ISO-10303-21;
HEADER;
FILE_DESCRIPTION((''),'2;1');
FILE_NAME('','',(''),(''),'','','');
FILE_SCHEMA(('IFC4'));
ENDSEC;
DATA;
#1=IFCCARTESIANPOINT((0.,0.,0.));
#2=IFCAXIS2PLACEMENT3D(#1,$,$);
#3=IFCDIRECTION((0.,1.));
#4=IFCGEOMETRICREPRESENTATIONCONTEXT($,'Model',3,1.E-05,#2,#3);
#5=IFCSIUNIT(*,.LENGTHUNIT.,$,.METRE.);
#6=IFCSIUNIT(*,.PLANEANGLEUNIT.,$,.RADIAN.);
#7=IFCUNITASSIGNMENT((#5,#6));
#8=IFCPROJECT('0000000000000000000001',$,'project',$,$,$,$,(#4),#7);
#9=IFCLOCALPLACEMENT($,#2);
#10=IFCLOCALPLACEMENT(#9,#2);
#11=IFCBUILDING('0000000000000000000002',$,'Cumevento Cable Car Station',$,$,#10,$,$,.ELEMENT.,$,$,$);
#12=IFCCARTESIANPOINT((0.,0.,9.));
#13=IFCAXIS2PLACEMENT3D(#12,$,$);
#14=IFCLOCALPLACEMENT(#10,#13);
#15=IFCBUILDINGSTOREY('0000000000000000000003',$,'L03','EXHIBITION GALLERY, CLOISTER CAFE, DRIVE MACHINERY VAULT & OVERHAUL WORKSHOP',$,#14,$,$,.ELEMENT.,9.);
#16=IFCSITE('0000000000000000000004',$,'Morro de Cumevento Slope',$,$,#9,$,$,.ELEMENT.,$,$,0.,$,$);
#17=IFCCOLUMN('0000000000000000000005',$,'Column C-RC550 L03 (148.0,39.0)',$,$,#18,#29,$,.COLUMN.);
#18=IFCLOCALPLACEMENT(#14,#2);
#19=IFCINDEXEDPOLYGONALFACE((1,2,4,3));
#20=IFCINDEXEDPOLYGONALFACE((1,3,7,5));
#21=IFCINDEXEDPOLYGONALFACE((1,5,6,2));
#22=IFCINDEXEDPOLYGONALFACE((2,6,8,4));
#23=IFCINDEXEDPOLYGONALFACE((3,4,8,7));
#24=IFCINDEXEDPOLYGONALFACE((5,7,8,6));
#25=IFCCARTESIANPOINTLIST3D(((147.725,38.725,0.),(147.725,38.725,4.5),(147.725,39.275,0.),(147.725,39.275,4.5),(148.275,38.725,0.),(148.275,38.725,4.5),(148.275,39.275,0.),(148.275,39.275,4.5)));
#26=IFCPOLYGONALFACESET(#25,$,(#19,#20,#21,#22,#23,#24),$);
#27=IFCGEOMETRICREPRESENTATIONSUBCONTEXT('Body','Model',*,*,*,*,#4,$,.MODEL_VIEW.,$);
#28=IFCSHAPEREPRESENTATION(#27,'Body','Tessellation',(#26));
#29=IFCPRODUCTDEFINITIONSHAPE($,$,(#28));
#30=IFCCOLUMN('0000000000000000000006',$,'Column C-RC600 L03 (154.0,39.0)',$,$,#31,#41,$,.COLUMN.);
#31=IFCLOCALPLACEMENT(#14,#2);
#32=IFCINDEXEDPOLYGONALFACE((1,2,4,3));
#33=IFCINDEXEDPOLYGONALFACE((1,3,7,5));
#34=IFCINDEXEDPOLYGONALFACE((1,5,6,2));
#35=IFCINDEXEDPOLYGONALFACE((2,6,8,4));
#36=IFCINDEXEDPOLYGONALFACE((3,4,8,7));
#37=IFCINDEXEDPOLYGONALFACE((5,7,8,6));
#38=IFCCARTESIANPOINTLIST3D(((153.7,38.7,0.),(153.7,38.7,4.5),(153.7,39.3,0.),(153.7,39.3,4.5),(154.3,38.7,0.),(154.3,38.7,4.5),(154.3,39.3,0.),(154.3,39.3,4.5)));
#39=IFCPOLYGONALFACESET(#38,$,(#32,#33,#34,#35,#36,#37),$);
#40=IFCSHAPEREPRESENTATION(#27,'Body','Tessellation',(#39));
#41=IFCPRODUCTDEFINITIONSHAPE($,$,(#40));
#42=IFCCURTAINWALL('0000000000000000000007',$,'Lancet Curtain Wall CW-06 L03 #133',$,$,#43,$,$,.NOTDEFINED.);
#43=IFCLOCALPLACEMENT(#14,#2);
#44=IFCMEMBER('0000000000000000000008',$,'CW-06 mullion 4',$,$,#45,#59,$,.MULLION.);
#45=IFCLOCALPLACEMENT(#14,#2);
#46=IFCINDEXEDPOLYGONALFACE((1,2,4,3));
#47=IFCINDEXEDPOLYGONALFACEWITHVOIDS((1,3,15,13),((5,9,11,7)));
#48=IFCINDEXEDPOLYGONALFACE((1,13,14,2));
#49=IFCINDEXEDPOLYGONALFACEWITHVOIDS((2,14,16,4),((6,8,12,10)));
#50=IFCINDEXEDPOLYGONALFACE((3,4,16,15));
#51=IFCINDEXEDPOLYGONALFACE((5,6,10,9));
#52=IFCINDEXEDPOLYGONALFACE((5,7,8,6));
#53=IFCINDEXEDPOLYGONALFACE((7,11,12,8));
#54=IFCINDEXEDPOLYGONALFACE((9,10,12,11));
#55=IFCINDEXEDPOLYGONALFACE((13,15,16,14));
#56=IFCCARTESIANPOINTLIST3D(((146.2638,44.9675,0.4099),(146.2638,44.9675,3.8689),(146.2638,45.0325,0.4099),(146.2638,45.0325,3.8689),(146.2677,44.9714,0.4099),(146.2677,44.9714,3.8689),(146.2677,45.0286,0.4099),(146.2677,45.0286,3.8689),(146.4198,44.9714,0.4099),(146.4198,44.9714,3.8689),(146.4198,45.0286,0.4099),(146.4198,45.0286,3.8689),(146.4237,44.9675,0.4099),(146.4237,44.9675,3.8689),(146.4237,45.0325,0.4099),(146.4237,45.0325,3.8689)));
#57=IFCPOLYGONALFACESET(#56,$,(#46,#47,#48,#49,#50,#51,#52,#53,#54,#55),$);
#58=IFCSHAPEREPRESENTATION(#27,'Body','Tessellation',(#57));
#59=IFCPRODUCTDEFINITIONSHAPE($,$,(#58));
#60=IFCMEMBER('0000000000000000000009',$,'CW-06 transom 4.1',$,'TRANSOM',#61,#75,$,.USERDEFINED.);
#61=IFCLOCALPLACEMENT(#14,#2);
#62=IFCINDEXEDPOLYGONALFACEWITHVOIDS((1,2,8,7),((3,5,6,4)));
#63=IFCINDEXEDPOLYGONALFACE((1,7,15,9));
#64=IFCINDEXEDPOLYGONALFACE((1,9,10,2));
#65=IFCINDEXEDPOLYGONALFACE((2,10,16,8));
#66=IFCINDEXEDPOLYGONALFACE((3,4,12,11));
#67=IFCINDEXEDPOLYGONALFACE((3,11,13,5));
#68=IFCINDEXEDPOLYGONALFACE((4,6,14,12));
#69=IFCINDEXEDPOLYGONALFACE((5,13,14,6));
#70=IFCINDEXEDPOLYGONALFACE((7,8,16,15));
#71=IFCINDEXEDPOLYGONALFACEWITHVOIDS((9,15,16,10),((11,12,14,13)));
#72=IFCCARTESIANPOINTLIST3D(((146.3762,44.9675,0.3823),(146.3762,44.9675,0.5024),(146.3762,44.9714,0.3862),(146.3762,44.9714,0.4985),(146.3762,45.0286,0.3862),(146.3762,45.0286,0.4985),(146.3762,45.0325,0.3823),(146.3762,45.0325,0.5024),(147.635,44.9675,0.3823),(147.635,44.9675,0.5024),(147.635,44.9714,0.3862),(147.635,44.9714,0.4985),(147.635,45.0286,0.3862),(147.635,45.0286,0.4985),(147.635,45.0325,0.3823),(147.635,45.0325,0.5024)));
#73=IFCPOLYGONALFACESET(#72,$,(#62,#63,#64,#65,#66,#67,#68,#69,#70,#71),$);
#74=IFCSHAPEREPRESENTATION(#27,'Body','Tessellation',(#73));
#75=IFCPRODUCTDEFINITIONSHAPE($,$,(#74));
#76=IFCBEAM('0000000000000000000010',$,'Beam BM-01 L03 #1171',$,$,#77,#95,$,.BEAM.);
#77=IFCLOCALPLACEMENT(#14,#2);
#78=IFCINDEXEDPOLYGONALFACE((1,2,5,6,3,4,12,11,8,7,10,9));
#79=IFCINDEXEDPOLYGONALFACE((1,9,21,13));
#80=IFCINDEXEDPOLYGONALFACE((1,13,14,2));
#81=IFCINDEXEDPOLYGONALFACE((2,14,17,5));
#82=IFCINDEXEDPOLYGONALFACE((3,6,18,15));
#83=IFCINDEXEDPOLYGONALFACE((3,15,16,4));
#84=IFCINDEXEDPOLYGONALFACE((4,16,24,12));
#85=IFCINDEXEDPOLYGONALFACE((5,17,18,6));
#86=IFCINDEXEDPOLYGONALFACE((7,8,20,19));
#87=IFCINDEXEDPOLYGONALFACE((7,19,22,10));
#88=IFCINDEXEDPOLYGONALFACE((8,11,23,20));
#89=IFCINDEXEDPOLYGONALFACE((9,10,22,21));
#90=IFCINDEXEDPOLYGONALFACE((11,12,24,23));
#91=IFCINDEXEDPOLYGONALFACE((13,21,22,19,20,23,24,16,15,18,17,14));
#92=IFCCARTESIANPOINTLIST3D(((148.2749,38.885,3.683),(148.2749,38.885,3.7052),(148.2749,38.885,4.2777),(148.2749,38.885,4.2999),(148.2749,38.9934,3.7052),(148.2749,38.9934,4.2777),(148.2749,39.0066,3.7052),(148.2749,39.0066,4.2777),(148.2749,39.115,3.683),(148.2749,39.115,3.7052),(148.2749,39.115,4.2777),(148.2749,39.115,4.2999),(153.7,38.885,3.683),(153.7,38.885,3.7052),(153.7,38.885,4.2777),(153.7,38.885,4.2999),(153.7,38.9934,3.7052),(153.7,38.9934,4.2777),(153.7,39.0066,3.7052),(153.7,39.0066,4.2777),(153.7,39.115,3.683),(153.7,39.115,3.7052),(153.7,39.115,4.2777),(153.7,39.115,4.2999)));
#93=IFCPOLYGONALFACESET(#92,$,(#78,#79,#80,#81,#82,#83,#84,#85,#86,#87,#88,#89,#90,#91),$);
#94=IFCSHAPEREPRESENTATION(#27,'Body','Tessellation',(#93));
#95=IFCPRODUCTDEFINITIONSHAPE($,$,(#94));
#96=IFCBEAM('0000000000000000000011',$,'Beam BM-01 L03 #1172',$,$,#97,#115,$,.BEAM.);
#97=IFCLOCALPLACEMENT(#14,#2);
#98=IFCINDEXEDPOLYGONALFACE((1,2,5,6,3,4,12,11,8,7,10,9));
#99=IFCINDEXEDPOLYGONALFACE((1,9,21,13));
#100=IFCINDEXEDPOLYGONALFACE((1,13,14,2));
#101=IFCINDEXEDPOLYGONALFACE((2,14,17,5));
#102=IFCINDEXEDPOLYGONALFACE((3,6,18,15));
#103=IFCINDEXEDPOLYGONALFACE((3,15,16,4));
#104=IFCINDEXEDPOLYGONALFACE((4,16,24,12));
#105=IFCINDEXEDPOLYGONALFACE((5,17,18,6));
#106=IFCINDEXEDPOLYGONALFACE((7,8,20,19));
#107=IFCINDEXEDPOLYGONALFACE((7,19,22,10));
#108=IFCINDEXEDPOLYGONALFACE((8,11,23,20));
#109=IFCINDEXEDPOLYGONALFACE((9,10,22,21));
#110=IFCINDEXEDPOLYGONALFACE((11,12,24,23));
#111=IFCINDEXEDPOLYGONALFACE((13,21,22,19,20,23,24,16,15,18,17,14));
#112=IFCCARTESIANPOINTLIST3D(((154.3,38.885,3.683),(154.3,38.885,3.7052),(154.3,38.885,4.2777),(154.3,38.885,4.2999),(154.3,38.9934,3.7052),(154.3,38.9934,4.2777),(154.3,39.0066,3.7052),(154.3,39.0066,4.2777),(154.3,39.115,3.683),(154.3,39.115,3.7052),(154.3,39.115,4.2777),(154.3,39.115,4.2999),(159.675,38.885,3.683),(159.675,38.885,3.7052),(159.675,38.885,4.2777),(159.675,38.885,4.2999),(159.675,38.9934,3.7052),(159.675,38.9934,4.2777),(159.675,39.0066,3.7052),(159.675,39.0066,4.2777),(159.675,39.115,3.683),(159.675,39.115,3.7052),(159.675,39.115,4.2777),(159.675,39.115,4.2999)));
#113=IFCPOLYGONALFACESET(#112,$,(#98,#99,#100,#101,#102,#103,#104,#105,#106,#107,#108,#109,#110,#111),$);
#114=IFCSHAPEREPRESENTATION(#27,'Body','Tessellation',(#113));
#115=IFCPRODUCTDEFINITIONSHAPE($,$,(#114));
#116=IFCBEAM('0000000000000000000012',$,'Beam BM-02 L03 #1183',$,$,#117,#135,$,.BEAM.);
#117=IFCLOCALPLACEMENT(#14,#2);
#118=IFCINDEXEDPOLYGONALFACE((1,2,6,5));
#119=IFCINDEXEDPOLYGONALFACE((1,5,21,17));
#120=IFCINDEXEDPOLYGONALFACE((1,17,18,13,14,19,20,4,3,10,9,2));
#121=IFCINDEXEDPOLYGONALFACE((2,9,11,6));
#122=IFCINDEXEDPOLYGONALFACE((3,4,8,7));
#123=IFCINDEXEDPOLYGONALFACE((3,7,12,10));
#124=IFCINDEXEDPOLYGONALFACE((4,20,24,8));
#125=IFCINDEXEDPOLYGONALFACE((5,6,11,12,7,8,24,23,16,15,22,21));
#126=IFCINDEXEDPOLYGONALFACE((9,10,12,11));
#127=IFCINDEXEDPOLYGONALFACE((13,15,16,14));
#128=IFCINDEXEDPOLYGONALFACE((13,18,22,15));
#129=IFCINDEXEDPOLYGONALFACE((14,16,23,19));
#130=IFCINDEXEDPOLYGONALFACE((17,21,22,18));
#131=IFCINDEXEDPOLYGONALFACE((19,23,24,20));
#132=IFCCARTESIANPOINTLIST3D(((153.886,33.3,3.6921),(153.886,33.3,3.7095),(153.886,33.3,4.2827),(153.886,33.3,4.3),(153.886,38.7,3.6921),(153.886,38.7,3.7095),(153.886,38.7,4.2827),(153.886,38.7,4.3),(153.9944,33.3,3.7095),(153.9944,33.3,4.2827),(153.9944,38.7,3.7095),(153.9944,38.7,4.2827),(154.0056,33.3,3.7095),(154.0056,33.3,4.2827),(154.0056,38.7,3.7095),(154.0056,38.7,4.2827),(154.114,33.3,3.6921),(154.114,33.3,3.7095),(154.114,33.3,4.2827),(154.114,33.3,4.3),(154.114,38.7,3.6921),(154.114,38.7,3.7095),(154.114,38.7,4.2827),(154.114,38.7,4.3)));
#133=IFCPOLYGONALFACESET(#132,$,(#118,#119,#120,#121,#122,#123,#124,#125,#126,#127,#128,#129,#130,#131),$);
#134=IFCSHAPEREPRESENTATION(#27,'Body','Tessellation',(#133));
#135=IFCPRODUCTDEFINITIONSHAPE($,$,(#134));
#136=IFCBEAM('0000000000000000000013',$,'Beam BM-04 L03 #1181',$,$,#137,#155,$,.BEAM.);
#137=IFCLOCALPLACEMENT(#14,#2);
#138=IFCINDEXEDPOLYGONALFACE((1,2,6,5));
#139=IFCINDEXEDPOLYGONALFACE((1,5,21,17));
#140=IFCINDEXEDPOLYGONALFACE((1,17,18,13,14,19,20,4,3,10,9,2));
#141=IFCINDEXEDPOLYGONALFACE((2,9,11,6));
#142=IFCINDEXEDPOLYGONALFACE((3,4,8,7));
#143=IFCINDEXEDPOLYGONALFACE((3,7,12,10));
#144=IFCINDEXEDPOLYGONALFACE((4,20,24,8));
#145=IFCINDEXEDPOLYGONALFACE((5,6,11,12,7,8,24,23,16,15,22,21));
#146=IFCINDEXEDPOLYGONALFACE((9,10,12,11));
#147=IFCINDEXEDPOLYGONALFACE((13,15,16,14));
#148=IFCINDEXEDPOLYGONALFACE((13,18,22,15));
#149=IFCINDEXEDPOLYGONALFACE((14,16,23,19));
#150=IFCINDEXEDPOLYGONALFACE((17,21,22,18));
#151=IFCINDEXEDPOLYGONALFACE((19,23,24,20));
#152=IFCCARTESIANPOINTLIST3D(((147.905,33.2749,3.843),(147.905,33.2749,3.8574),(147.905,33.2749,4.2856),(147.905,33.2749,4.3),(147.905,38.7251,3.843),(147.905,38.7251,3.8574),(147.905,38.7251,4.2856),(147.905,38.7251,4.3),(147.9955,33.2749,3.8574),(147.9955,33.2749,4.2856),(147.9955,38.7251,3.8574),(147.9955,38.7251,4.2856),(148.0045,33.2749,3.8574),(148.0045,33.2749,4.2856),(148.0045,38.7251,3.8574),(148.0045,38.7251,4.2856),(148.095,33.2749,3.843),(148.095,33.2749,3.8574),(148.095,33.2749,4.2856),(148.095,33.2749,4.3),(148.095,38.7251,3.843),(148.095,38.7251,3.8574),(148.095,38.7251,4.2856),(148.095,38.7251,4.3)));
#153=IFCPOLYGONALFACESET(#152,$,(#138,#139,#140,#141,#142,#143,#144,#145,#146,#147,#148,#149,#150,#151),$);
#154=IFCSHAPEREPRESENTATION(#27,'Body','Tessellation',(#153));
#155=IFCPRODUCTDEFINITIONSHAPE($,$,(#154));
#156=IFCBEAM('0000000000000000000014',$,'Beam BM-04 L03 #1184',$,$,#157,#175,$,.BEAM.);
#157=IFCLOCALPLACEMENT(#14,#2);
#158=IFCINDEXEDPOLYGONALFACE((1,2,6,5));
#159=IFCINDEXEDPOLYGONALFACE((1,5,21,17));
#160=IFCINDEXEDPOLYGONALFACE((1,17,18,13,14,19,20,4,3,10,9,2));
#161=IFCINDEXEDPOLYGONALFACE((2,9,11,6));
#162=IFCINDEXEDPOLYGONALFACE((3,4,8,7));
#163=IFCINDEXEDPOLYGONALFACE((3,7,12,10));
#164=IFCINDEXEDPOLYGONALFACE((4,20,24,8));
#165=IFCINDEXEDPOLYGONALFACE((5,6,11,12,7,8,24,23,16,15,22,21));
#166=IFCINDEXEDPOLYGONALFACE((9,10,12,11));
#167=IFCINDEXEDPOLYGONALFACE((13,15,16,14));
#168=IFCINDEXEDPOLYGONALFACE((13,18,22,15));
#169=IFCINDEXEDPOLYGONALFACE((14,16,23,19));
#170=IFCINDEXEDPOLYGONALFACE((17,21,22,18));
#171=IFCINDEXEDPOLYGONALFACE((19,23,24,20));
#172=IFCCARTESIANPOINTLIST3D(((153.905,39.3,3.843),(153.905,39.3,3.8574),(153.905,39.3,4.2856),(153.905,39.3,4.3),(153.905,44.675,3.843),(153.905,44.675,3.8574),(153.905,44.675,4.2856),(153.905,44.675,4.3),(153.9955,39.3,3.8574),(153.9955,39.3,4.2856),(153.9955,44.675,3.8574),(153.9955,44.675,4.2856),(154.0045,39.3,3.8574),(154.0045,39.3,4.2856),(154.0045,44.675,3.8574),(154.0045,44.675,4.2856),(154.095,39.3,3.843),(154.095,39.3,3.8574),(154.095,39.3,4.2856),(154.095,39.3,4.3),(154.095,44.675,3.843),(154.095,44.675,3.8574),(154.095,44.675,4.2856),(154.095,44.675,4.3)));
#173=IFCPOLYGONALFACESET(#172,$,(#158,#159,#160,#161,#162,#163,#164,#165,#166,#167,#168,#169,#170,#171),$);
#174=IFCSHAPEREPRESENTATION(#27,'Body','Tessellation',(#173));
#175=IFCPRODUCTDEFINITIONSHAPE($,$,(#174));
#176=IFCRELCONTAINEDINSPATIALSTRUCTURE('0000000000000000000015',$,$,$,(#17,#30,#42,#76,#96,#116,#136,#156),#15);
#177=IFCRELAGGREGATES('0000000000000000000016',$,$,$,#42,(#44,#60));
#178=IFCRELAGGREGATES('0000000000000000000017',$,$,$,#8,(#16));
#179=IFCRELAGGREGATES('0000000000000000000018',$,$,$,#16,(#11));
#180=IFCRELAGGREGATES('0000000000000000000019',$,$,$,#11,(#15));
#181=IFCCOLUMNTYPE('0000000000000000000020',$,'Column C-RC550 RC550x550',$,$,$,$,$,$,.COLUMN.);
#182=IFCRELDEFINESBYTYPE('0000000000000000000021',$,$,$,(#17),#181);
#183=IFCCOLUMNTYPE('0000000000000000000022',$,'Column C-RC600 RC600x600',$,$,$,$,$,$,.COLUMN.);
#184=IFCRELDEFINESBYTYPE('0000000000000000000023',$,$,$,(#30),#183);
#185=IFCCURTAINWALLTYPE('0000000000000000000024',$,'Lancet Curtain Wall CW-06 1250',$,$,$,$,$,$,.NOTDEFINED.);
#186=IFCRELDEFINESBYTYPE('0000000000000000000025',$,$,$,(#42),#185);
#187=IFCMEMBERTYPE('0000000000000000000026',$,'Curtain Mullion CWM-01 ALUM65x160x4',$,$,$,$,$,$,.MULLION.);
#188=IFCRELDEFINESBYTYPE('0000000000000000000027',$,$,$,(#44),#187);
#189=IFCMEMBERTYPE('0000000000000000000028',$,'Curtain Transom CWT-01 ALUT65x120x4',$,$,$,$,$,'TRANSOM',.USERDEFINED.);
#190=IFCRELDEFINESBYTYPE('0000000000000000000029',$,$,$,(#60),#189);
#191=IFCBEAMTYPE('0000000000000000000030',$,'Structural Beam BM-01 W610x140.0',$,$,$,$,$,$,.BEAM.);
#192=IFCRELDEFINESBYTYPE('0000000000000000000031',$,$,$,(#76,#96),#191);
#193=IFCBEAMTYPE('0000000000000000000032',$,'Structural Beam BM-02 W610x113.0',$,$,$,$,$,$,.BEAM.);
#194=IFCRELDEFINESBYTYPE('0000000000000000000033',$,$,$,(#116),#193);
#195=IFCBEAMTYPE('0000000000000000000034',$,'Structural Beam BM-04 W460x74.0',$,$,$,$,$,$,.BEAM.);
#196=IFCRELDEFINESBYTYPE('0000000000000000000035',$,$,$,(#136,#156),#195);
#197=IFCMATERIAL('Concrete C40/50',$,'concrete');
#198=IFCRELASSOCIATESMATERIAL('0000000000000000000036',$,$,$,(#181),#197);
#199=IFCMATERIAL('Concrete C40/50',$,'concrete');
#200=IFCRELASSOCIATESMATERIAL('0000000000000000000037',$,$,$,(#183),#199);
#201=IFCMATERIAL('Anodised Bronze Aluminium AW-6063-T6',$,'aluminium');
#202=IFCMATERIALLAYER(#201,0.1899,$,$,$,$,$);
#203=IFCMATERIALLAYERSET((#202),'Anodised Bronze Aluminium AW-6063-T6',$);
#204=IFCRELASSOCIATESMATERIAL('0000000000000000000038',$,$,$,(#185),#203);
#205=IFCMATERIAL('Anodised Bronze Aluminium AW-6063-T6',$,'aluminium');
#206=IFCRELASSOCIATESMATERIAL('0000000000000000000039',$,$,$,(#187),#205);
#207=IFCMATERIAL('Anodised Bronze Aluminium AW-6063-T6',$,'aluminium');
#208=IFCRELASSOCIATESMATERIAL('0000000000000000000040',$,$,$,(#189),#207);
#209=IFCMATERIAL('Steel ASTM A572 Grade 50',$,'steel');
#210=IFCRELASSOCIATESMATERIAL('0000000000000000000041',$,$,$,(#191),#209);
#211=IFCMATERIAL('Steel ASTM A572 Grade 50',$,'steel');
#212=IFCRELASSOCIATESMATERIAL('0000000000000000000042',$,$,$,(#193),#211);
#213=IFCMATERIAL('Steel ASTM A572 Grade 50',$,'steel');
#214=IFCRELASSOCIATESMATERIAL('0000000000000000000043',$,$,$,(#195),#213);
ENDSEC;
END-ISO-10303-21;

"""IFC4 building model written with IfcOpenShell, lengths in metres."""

from ifc_helpers import new_model, si_unit, direction, frame, origin, origin_2d, place, context, subcontext, project, spatial, rectangle, hollow_rectangle, i_section, extrude, material, layer, layer_set, material_profile, profile_set, type_object, element, aggregate, save


model = new_model("IFC4")

# Units and contexts
model_context = context("Model", 3, precision=1e-05, world=origin(), true_north=direction((0.0, 1.0)))
body_context = subcontext(model_context, "Body", "Model", "MODEL_VIEW")
ifc_project = project(units=[si_unit("LENGTHUNIT", "METRE"), si_unit("PLANEANGLEUNIT", "RADIAN")], contexts=[model_context])

# Site, building, storey
site_placement = place(None, origin())
site = spatial("IfcSite", under=ifc_project, at=site_placement, Name="Morro de Cumevento Slope", CompositionType="ELEMENT", RefElevation=0.0)
building_placement = place(site_placement, origin())
building = spatial("IfcBuilding", under=site, at=building_placement, Name="Cumevento Cable Car Station", CompositionType="ELEMENT")
storey_placement = place(building_placement, frame((0.0, 0.0, 9.0)))
storey = spatial("IfcBuildingStorey", under=building, at=storey_placement, Name="L03", Description="EXHIBITION GALLERY, CLOISTER CAFE, DRIVE MACHINERY VAULT & OVERHAUL WORKSHOP", CompositionType="ELEMENT", Elevation=9.0)

# Columns
ifc_material_1 = material(Name="Concrete C40/50", Category="concrete")
ifc_material_profile_1 = material_profile(ifc_material_1, rectangle(XDim=0.55, YDim=0.55, at=origin_2d()), Name="RC550x550")
ifc_profile_set_1 = profile_set([ifc_material_profile_1], Name="Concrete C40/50")
column_type_1 = type_object("IfcColumnType", Name="Column C-RC550 RC550x550", PredefinedType="COLUMN", material=ifc_profile_set_1)
column_1_placement = place(storey_placement, frame((148.0, 39.0, 0.0), z_axis=(0.0, 0.0, 1.0), x_axis=(1.0, 0.0, 0.0)))
element("IfcColumn", 1, at=column_1_placement, inside=storey, type_object=column_type_1, Name="Column C-RC550 L03 (148.0,39.0)", PredefinedType="COLUMN", context=body_context, shape_type="SweptSolid", body=[
    extrude(rectangle(XDim=0.55, YDim=0.55, at=origin_2d()), origin(), (0.0, 0.0, 1.0), 4.5),
])
ifc_material_2 = material(Name="Concrete C40/50", Category="concrete")
ifc_material_profile_2 = material_profile(ifc_material_2, rectangle(XDim=0.6001, YDim=0.6001, at=origin_2d()), Name="RC600x600")
ifc_profile_set_2 = profile_set([ifc_material_profile_2], Name="Concrete C40/50")
column_type_2 = type_object("IfcColumnType", Name="Column C-RC600 RC600x600", PredefinedType="COLUMN", material=ifc_profile_set_2)
column_2_placement = place(storey_placement, frame((154.0, 39.0, 0.0), z_axis=(0.0, 0.0, 1.0), x_axis=(1.0, 0.0, 0.0)))
element("IfcColumn", 2, at=column_2_placement, inside=storey, type_object=column_type_2, Name="Column C-RC600 L03 (154.0,39.0)", PredefinedType="COLUMN", context=body_context, shape_type="SweptSolid", body=[
    extrude(rectangle(XDim=0.6001, YDim=0.6001, at=origin_2d()), origin(), (0.0, 0.0, 1.0), 4.5),
])

# Curtain wall, members
ifc_material_3 = material(Name="Anodised Bronze Aluminium AW-6063-T6", Category="aluminium")
ifc_layer_1 = layer(ifc_material_3, 0.1899)
ifc_layer_set_1 = layer_set([ifc_layer_1], Name="Anodised Bronze Aluminium AW-6063-T6")
curtain_wall_type = type_object("IfcCurtainWallType", Name="Lancet Curtain Wall CW-06 1250", PredefinedType="NOTDEFINED", material=ifc_layer_set_1)
curtain_wall_placement = place(storey_placement, origin())
curtain_wall = element("IfcCurtainWall", 3, at=curtain_wall_placement, inside=storey, type_object=curtain_wall_type, Name="Lancet Curtain Wall CW-06 L03 #133", PredefinedType="NOTDEFINED")
ifc_material_4 = material(Name="Anodised Bronze Aluminium AW-6063-T6", Category="aluminium")
ifc_material_profile_3 = material_profile(ifc_material_4, hollow_rectangle(XDim=0.0649, YDim=0.1599, WallThickness=0.0039, at=origin_2d()), Name="ALUM65x160x4")
ifc_profile_set_3 = profile_set([ifc_material_profile_3], Name="Anodised Bronze Aluminium AW-6063-T6")
member_type_1 = type_object("IfcMemberType", Name="Curtain Mullion CWM-01 ALUM65x160x4", PredefinedType="MULLION", material=ifc_profile_set_3)
member_1_placement = place(storey_placement, frame((146.3438, 45.0, 0.4099), z_axis=(0.0, 0.0, 1.0), x_axis=(0.0, 1.0, 0.0)))
member_1 = element("IfcMember", 4, at=member_1_placement, type_object=member_type_1, Name="CW-06 mullion 4", PredefinedType="MULLION", context=body_context, shape_type="SweptSolid", body=[
    extrude(hollow_rectangle(XDim=0.0649, YDim=0.1599, WallThickness=0.0039, at=origin_2d()), origin(), (0.0, 0.0, 1.0), 3.459),
])
ifc_material_5 = material(Name="Anodised Bronze Aluminium AW-6063-T6", Category="aluminium")
ifc_material_profile_4 = material_profile(ifc_material_5, hollow_rectangle(XDim=0.0649, YDim=0.1201, WallThickness=0.0039, at=origin_2d()), Name="ALUT65x120x4")
ifc_profile_set_4 = profile_set([ifc_material_profile_4], Name="Anodised Bronze Aluminium AW-6063-T6")
member_type_2 = type_object("IfcMemberType", Name="Curtain Transom CWT-01 ALUT65x120x4", ElementType="TRANSOM", PredefinedType="USERDEFINED", material=ifc_profile_set_4)
member_2_placement = place(storey_placement, frame((146.3762, 45.0, 0.4424), z_axis=(1.0, 0.0, 0.0), x_axis=(0.0, 1.0, 0.0)))
member_2 = element("IfcMember", 5, at=member_2_placement, type_object=member_type_2, Name="CW-06 transom 4.1", ObjectType="TRANSOM", PredefinedType="USERDEFINED", context=body_context, shape_type="SweptSolid", body=[
    extrude(hollow_rectangle(XDim=0.0649, YDim=0.1201, WallThickness=0.0039, at=origin_2d()), origin(), (0.0, 0.0, 1.0), 1.2588),
])
aggregate(curtain_wall, [member_1, member_2])

# Beams
ifc_material_6 = material(Name="Steel ASTM A572 Grade 50", Category="steel")
ifc_material_profile_5 = material_profile(ifc_material_6, i_section(OverallWidth=0.23, OverallDepth=0.6169, WebThickness=0.0132, FlangeThickness=0.0222, at=origin_2d()), Name="W610x140.0")
ifc_profile_set_5 = profile_set([ifc_material_profile_5], Name="Steel ASTM A572 Grade 50")
beam_type_1 = type_object("IfcBeamType", Name="Structural Beam BM-01 W610x140.0", PredefinedType="BEAM", material=ifc_profile_set_5)
beam_1_placement = place(storey_placement, frame((148.2749, 39.0, 3.9915), z_axis=(1.0, 0.0, 0.0), x_axis=(0.0, 1.0, 0.0)))
element("IfcBeam", 6, at=beam_1_placement, inside=storey, type_object=beam_type_1, Name="Beam BM-01 L03 #1171", PredefinedType="BEAM", context=body_context, shape_type="SweptSolid", body=[
    extrude(i_section(OverallWidth=0.23, OverallDepth=0.6169, WebThickness=0.0132, FlangeThickness=0.0222, at=origin_2d()), origin(), (0.0, 0.0, 1.0), 5.425),
])
beam_2_placement = place(storey_placement, frame((154.3, 39.0, 3.9915), z_axis=(1.0, 0.0, 0.0), x_axis=(0.0, 1.0, 0.0)))
element("IfcBeam", 7, at=beam_2_placement, inside=storey, type_object=beam_type_1, Name="Beam BM-01 L03 #1172", PredefinedType="BEAM", context=body_context, shape_type="SweptSolid", body=[
    extrude(i_section(OverallWidth=0.23, OverallDepth=0.6169, WebThickness=0.0132, FlangeThickness=0.0222, at=origin_2d()), origin(), (0.0, 0.0, 1.0), 5.375),
])
ifc_material_7 = material(Name="Steel ASTM A572 Grade 50", Category="steel")
ifc_material_profile_6 = material_profile(ifc_material_7, i_section(OverallWidth=0.228, OverallDepth=0.6079, WebThickness=0.0112, FlangeThickness=0.0173, at=origin_2d()), Name="W610x113.0")
ifc_profile_set_6 = profile_set([ifc_material_profile_6], Name="Steel ASTM A572 Grade 50")
beam_type_2 = type_object("IfcBeamType", Name="Structural Beam BM-02 W610x113.0", PredefinedType="BEAM", material=ifc_profile_set_6)
beam_3_placement = place(storey_placement, frame((154.0, 33.3, 3.9961), z_axis=(0.0, 1.0, 0.0), x_axis=(-1.0, 0.0, 0.0)))
element("IfcBeam", 8, at=beam_3_placement, inside=storey, type_object=beam_type_2, Name="Beam BM-02 L03 #1183", PredefinedType="BEAM", context=body_context, shape_type="SweptSolid", body=[
    extrude(i_section(OverallWidth=0.228, OverallDepth=0.6079, WebThickness=0.0112, FlangeThickness=0.0173, at=origin_2d()), origin(), (0.0, 0.0, 1.0), 5.3999),
])
ifc_material_8 = material(Name="Steel ASTM A572 Grade 50", Category="steel")
ifc_material_profile_7 = material_profile(ifc_material_8, i_section(OverallWidth=0.1899, OverallDepth=0.457, WebThickness=0.009, FlangeThickness=0.0144, at=origin_2d()), Name="W460x74.0")
ifc_profile_set_7 = profile_set([ifc_material_profile_7], Name="Steel ASTM A572 Grade 50")
beam_type_3 = type_object("IfcBeamType", Name="Structural Beam BM-04 W460x74.0", PredefinedType="BEAM", material=ifc_profile_set_7)
beam_4_placement = place(storey_placement, frame((148.0, 33.2749, 4.0715), z_axis=(0.0, 1.0, 0.0), x_axis=(-1.0, 0.0, 0.0)))
element("IfcBeam", 9, at=beam_4_placement, inside=storey, type_object=beam_type_3, Name="Beam BM-04 L03 #1181", PredefinedType="BEAM", context=body_context, shape_type="SweptSolid", body=[
    extrude(i_section(OverallWidth=0.1899, OverallDepth=0.457, WebThickness=0.009, FlangeThickness=0.0144, at=origin_2d()), origin(), (0.0, 0.0, 1.0), 5.4502),
])
beam_5_placement = place(storey_placement, frame((154.0, 39.3, 4.0715), z_axis=(0.0, 1.0, 0.0), x_axis=(-1.0, 0.0, 0.0)))
element("IfcBeam", 10, at=beam_5_placement, inside=storey, type_object=beam_type_3, Name="Beam BM-04 L03 #1184", PredefinedType="BEAM", context=body_context, shape_type="SweptSolid", body=[
    extrude(i_section(OverallWidth=0.1899, OverallDepth=0.457, WebThickness=0.009, FlangeThickness=0.0144, at=origin_2d()), origin(), (0.0, 0.0, 1.0), 5.375),
])

save(model, "model.ifc")
